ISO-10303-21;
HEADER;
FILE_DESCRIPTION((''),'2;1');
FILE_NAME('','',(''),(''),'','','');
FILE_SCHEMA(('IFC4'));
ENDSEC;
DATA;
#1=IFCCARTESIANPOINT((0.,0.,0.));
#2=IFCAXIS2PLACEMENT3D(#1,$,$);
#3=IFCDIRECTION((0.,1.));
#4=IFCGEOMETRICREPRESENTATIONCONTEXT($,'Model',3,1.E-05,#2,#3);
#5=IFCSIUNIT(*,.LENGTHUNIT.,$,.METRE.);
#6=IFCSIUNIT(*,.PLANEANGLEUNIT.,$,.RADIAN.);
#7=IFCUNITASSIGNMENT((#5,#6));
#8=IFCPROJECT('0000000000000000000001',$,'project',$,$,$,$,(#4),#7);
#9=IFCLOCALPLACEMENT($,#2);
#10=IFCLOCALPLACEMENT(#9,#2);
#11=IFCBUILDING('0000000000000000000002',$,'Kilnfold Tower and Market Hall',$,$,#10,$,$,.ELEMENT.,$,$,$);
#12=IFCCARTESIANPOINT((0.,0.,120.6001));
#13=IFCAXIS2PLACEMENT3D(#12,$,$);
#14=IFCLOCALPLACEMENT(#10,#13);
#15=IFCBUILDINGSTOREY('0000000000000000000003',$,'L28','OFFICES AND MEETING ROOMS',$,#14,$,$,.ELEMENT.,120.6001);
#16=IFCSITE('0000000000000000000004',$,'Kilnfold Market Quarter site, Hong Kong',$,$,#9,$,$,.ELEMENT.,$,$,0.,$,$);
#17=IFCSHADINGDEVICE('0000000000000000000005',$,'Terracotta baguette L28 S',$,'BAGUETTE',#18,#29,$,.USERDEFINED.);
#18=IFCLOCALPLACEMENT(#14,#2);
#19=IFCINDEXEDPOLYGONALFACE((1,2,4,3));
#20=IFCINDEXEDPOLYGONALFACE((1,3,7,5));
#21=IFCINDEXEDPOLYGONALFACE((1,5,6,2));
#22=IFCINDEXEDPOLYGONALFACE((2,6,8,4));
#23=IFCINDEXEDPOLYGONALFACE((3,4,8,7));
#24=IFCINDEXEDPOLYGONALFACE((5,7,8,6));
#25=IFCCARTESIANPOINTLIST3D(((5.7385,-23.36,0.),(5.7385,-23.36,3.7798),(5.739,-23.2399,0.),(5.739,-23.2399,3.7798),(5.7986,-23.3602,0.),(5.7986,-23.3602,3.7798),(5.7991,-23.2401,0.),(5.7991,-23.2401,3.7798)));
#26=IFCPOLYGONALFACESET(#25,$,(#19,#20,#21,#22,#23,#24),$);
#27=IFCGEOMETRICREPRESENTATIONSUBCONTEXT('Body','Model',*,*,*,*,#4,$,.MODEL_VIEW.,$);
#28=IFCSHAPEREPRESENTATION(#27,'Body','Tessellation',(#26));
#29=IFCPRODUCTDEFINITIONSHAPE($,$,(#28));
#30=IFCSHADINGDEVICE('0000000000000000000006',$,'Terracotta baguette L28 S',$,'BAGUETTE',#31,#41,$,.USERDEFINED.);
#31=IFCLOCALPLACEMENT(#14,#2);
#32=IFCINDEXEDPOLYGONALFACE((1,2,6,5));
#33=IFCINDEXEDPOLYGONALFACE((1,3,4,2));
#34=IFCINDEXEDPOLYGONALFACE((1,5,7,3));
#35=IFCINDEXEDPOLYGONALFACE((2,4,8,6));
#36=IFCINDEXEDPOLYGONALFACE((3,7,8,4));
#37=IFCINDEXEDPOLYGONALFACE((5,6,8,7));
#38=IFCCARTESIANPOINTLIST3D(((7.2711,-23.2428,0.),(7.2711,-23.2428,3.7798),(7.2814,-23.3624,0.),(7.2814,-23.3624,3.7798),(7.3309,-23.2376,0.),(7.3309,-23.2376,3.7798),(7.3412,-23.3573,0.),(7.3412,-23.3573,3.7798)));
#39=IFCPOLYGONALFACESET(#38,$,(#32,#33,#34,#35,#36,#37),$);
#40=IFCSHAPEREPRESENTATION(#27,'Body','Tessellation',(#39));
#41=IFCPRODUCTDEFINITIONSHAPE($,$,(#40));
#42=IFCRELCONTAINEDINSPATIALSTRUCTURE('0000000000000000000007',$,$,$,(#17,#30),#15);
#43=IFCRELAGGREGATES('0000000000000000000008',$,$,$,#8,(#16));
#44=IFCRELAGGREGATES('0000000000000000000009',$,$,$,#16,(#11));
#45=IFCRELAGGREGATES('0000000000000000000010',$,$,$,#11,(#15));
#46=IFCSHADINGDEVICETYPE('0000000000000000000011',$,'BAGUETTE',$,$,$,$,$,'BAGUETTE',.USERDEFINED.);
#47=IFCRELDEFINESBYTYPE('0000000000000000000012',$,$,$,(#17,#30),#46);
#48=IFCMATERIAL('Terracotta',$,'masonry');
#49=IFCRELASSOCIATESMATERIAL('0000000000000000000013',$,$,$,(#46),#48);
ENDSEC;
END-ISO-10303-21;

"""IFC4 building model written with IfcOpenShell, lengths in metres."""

from ifc_helpers import new_model, si_unit, direction, frame, origin, origin_2d, place, context, subcontext, project, spatial, rectangle, extrude, source, transform, mapped, material, material_profile, profile_set, type_object, element, save


model = new_model("IFC4")

# Units and contexts
model_context = context("Model", 3, precision=1e-05, world=origin(), true_north=direction((0.0, 1.0)))
body_context = subcontext(model_context, "Body", "Model", "MODEL_VIEW")
ifc_project = project(units=[si_unit("LENGTHUNIT", "METRE"), si_unit("PLANEANGLEUNIT", "RADIAN")], contexts=[model_context])

# Site, building, storey
site_placement = place(None, origin())
site = spatial("IfcSite", under=ifc_project, at=site_placement, Name="Kilnfold Market Quarter site, Hong Kong", CompositionType="ELEMENT", RefElevation=0.0)
building_placement = place(site_placement, origin())
building = spatial("IfcBuilding", under=site, at=building_placement, Name="Kilnfold Tower and Market Hall", CompositionType="ELEMENT")
storey_placement = place(building_placement, frame((0.0, 0.0, 120.6001)))
storey = spatial("IfcBuildingStorey", under=building, at=storey_placement, Name="L28", Description="OFFICES AND MEETING ROOMS", CompositionType="ELEMENT", Elevation=120.6001)

# Shading devices
ifc_material_1 = material(Name="Terracotta", Category="masonry")
ifc_material_profile_1 = material_profile(ifc_material_1, rectangle(XDim=0.0601, YDim=0.1201, at=origin_2d()), Name="BAG 60x120")
ifc_profile_set_1 = profile_set([ifc_material_profile_1], Name="Terracotta")
shading_device_type = type_object("IfcShadingDeviceType", Name="BAGUETTE", ElementType="BAGUETTE", PredefinedType="USERDEFINED", material=ifc_profile_set_1)
shared_shape_1 = source(origin(), body_context, "Body", "SweptSolid", [
    extrude(rectangle(XDim=0.0601, YDim=0.1201, at=origin_2d()), origin(), (0.0, 0.0, 1.0), 3.7798),
])
for number, where, z_axis, x_axis, name in (
    (1, (5.7688, -23.3, 0.0), (0.0, 0.0, 1.0), (0.99999, -0.004465, 0.0), "Terracotta baguette L28 S"),
    (2, (7.3062, -23.3, 0.0), (0.0, 0.0, 1.0), (0.996356, 0.085288, 0.0), "Terracotta baguette L28 S"),
):
    element("IfcShadingDevice", number, at=place(storey_placement, frame(where, z_axis=z_axis, x_axis=x_axis)), inside=storey, type_object=shading_device_type, Name=name, ObjectType="BAGUETTE", PredefinedType="USERDEFINED", context=body_context, shape_type="MappedRepresentation", body=[
        mapped(shared_shape_1, transform((0.0, 0.0, 0.0))),
    ])

save(model, "model.ifc")
